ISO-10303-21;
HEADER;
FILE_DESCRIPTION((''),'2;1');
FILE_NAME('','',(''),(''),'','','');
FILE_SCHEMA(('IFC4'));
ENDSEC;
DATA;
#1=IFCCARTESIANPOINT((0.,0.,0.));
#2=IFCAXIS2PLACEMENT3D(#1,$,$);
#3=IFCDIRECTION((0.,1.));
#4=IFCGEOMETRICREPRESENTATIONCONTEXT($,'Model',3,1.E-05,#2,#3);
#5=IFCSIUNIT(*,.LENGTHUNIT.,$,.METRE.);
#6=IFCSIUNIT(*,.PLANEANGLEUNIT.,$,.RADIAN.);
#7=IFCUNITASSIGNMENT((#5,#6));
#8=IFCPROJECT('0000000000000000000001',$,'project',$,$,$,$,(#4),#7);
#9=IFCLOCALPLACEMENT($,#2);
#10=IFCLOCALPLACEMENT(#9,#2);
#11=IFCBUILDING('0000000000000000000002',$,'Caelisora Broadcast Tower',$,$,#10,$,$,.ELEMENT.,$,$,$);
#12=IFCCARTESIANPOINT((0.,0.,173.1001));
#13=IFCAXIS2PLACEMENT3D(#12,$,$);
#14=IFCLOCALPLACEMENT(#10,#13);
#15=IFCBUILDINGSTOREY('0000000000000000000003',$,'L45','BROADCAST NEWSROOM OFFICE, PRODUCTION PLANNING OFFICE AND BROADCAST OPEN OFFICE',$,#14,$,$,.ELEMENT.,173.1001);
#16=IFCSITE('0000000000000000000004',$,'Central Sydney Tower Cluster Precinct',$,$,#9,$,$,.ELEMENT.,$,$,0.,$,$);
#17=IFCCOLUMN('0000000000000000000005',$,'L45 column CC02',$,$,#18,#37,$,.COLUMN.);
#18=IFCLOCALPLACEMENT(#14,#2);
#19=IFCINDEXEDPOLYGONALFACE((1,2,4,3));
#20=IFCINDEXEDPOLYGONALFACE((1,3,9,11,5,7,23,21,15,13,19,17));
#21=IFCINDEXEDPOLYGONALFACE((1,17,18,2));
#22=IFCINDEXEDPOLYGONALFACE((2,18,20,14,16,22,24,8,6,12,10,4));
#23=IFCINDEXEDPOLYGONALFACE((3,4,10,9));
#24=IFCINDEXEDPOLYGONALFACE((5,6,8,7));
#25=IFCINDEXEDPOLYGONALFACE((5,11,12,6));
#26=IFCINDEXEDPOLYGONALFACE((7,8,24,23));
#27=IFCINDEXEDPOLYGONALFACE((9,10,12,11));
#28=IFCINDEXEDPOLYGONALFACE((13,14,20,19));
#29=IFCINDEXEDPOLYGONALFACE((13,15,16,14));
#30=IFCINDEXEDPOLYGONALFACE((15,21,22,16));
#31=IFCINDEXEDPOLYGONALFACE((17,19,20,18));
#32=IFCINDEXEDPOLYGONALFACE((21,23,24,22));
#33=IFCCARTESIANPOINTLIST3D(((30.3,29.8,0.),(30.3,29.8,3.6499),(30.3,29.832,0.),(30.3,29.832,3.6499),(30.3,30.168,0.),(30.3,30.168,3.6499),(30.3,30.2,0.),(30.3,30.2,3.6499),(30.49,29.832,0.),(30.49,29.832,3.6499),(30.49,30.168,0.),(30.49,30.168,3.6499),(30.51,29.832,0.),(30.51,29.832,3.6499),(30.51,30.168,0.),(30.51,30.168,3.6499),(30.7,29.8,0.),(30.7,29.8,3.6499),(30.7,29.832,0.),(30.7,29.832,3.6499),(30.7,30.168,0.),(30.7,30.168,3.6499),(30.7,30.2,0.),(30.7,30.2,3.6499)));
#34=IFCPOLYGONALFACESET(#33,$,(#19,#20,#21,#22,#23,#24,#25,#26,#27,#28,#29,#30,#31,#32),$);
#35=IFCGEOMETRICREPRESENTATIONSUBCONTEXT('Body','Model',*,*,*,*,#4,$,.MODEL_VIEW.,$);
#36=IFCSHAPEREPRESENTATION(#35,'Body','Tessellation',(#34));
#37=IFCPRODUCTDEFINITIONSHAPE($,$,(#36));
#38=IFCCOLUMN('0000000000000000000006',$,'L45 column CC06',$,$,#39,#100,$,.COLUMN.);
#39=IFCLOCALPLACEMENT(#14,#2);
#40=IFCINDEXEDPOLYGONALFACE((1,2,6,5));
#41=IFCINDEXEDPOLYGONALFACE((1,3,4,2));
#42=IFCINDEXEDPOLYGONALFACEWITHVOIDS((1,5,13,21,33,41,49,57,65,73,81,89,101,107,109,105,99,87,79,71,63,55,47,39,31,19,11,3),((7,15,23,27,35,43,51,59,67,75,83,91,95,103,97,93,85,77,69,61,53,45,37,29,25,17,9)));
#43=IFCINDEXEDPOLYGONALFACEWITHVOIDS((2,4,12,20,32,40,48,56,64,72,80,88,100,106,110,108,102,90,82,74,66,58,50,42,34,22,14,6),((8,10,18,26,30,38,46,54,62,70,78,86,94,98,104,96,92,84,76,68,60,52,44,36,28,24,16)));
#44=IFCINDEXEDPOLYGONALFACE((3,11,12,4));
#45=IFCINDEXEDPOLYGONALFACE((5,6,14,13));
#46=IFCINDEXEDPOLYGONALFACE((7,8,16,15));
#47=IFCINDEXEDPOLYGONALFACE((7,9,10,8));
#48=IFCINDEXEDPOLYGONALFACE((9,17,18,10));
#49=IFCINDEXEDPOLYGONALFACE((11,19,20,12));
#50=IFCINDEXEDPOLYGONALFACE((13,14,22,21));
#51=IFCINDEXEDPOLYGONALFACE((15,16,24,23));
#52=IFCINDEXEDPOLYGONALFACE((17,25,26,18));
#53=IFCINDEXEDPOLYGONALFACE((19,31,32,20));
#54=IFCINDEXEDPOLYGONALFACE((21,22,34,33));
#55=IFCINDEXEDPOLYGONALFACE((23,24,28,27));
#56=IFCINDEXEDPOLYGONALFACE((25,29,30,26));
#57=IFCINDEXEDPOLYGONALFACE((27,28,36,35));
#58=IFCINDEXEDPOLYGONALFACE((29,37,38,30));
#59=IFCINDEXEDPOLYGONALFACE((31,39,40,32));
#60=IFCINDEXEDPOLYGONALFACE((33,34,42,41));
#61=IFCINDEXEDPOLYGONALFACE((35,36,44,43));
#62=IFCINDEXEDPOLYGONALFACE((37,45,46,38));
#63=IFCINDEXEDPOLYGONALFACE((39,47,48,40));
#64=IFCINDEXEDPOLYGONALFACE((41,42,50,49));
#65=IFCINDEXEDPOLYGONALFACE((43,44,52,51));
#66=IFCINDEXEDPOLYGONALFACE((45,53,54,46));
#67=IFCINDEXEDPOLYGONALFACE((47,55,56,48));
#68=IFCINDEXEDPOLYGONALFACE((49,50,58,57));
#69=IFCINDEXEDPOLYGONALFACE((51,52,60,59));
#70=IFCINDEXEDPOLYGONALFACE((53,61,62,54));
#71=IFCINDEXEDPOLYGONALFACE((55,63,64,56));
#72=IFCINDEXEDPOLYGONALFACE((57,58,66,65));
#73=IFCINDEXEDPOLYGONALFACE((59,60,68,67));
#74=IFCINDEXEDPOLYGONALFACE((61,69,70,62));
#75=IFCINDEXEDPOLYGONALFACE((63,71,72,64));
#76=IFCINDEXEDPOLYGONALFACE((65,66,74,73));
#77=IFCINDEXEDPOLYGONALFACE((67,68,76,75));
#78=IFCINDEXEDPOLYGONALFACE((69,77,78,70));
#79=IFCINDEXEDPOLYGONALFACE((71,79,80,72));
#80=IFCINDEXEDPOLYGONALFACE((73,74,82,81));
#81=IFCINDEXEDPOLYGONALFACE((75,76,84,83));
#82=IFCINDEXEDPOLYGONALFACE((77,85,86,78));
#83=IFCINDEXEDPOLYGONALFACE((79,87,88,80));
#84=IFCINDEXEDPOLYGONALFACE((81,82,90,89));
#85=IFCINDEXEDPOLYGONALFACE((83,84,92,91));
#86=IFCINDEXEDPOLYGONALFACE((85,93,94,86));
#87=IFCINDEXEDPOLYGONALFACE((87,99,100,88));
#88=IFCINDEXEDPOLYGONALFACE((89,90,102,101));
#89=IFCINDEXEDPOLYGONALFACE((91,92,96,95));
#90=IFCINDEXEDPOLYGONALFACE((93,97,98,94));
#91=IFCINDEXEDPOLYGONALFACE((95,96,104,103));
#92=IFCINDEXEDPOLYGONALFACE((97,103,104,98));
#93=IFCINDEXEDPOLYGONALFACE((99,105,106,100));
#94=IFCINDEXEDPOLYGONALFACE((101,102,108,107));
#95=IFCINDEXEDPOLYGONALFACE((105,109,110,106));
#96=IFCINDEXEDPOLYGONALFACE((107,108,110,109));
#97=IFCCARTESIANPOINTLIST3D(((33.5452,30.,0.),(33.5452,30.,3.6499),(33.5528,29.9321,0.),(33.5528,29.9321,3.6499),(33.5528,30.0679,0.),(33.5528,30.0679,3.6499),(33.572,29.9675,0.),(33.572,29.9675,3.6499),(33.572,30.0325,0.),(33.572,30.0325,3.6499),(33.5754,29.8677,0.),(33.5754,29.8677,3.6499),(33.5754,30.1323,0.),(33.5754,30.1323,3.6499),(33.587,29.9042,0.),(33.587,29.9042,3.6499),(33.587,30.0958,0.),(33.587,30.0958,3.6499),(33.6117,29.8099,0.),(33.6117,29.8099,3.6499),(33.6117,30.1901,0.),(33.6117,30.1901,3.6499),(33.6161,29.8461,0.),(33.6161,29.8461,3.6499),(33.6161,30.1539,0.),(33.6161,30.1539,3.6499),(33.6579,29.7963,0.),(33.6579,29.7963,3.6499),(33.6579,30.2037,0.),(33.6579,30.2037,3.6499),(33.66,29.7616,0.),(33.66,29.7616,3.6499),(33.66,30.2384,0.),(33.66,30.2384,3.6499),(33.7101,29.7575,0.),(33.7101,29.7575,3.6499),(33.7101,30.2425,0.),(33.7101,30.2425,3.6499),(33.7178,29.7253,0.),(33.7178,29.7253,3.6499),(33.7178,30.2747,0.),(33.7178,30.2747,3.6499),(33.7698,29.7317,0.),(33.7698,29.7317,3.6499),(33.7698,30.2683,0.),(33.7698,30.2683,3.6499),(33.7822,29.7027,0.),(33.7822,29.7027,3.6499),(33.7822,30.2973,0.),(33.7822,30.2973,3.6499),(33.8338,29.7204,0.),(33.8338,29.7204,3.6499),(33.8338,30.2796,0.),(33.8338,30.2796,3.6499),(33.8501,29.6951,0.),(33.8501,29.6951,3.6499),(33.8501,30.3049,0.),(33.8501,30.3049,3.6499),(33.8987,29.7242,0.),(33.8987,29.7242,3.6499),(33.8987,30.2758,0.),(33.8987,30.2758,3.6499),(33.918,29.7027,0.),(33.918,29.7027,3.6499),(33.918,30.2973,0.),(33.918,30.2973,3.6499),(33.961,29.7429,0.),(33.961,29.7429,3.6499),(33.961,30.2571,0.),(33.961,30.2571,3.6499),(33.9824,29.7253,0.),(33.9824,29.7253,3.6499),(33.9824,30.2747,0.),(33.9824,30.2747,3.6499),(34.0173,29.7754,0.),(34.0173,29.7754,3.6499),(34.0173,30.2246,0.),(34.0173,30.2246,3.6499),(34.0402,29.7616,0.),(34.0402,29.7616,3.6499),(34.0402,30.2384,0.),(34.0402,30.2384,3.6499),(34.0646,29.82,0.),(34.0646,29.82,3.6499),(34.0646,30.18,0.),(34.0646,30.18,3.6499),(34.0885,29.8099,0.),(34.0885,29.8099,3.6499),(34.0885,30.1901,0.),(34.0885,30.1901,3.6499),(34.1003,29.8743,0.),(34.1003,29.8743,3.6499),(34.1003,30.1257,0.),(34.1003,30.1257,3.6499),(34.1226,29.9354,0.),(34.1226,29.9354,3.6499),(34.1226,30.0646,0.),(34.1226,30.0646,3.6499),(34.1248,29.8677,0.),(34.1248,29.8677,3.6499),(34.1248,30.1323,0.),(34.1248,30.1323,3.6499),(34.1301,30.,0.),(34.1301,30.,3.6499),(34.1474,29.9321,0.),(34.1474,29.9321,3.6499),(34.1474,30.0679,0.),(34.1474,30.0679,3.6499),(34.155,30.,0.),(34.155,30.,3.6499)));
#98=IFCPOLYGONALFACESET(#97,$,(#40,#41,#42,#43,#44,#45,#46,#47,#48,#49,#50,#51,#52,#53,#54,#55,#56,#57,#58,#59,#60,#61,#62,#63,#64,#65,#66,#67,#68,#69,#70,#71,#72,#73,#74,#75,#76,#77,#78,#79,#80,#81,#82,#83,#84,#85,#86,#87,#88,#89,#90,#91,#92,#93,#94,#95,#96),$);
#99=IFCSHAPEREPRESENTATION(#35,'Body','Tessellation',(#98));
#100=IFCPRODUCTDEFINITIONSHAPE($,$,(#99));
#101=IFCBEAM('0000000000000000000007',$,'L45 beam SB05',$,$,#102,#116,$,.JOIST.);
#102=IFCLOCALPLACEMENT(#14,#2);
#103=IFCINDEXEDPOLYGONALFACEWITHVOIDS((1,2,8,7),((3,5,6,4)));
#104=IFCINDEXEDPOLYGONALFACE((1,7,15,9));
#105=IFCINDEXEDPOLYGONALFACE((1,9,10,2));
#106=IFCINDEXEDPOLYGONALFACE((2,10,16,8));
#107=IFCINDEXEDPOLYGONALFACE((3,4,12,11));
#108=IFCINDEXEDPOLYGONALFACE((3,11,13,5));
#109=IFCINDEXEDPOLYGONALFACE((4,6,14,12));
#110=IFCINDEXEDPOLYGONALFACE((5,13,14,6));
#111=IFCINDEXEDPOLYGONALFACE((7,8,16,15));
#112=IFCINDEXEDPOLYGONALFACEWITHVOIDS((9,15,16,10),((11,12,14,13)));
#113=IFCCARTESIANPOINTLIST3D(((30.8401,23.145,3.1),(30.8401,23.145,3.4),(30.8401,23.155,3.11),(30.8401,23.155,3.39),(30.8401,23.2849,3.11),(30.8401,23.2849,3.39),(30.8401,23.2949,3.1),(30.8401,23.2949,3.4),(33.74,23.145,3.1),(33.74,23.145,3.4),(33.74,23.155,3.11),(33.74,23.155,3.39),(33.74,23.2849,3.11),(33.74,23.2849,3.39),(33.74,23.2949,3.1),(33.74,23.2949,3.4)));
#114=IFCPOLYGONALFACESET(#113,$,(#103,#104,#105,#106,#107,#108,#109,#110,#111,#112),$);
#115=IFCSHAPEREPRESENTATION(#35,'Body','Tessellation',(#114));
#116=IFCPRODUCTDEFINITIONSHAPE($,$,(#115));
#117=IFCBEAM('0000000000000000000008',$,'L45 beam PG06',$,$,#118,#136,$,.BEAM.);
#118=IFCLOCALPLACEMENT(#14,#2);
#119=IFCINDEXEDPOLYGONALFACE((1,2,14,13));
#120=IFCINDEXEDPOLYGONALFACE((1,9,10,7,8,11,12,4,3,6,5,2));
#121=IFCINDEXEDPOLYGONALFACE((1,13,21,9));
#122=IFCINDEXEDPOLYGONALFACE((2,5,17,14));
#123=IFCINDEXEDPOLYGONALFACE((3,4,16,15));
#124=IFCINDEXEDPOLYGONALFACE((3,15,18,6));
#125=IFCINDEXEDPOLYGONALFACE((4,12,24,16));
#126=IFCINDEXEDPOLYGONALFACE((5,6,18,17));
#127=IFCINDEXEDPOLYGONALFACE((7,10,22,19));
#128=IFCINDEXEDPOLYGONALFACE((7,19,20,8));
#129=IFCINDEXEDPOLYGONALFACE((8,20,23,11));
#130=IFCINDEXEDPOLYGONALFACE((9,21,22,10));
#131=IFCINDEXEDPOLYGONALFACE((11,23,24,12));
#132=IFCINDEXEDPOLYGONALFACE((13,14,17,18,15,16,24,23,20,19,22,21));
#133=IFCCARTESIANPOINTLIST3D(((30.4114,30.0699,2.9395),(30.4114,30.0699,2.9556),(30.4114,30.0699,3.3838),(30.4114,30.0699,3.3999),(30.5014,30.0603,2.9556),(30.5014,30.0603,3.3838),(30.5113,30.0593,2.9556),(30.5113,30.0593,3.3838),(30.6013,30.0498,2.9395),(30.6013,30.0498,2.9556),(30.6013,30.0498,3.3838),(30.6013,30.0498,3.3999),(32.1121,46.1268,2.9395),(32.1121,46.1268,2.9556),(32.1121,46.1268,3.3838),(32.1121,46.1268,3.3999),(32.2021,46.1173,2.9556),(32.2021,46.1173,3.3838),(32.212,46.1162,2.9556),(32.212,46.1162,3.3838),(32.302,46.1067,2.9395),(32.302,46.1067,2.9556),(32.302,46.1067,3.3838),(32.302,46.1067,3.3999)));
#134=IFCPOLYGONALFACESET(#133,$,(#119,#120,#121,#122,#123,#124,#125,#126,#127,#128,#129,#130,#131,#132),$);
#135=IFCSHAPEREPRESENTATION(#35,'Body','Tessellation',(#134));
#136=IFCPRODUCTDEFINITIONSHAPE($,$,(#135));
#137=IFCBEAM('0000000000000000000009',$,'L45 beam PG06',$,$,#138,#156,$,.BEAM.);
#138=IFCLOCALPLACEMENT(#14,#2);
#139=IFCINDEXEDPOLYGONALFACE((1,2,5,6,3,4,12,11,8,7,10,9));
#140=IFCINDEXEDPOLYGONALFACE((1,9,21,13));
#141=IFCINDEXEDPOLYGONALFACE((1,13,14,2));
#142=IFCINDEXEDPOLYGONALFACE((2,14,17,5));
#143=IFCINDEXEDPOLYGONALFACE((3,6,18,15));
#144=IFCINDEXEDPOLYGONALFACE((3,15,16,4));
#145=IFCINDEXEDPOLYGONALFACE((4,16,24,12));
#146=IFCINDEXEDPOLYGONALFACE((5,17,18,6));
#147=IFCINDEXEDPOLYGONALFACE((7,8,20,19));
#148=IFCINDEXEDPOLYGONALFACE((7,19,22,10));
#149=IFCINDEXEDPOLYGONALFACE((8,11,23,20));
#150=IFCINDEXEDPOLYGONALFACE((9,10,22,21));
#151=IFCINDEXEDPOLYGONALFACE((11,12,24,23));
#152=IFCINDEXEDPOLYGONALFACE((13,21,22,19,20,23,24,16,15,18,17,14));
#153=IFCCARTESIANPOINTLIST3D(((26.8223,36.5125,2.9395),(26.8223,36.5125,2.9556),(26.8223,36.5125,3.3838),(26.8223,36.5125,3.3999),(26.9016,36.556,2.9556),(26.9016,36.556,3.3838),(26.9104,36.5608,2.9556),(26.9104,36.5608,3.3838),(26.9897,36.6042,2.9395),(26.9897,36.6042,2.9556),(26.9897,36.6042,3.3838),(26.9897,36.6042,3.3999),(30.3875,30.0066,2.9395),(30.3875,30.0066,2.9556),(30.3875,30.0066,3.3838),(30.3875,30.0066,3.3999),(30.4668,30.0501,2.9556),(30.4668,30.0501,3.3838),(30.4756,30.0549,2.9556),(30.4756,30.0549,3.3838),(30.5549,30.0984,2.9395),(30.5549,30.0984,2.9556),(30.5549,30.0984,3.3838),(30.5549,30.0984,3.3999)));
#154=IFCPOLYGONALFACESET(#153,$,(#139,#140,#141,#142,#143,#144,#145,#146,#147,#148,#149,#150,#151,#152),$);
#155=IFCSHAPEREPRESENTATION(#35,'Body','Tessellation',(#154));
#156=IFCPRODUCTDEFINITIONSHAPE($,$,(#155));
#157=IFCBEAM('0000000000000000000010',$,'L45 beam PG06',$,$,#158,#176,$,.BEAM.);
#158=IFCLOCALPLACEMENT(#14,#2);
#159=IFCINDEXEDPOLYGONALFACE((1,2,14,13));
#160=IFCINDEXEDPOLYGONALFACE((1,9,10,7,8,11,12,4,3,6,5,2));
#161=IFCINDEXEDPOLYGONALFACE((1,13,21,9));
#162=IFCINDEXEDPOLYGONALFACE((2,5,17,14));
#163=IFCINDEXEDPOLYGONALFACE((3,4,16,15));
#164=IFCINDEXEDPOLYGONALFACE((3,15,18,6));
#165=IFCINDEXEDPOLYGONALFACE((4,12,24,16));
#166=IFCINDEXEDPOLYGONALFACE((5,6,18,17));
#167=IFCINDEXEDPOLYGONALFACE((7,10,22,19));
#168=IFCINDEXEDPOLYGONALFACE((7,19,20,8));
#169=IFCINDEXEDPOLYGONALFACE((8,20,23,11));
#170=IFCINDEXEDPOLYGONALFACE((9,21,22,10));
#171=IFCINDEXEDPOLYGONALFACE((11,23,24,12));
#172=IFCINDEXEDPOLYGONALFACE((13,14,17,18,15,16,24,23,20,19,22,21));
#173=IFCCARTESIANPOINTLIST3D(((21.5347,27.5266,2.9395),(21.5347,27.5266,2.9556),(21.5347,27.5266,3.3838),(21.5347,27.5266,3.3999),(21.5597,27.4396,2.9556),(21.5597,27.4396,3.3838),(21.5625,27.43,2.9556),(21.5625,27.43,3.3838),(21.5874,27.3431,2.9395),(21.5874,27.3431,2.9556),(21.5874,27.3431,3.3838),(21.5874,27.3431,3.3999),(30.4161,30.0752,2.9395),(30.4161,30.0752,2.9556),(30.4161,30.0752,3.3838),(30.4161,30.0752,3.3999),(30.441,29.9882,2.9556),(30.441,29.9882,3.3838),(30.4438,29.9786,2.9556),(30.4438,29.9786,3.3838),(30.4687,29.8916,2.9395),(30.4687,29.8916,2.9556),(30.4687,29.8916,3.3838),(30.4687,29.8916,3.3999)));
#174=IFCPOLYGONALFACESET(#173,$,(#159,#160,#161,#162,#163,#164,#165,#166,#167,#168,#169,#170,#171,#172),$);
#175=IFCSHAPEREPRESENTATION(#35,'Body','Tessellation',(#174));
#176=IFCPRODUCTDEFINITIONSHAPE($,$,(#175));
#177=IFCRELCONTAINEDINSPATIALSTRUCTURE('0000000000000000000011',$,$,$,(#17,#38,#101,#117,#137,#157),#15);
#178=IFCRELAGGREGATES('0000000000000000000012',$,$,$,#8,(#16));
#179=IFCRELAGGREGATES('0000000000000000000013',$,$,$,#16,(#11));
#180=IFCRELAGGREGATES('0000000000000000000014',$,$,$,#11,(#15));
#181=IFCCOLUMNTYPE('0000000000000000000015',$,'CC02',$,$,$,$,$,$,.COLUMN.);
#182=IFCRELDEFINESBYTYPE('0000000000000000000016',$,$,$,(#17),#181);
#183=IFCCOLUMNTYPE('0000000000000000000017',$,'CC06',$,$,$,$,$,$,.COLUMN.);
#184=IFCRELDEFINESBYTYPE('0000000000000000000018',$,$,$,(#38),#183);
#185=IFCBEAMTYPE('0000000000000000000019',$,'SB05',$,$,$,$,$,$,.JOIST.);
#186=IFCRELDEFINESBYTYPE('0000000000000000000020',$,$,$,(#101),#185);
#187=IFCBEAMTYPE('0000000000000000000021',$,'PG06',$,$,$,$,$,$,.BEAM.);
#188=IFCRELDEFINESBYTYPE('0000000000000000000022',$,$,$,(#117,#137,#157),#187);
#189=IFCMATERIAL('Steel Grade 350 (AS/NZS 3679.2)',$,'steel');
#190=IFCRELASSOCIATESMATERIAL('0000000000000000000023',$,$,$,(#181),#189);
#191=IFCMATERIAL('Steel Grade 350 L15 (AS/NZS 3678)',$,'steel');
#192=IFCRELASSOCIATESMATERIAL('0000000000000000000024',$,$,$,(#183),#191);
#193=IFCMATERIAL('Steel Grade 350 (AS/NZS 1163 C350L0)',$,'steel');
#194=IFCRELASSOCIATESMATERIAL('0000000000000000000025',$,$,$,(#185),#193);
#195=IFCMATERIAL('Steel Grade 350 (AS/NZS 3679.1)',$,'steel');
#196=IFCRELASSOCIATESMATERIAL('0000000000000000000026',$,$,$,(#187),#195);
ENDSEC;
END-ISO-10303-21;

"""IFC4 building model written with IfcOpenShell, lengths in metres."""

from ifc_helpers import new_model, si_unit, direction, frame, origin, origin_2d, place, context, subcontext, project, spatial, hollow_rectangle, hollow_circle, i_section, extrude, source, transform, mapped, material, material_profile, profile_set, type_object, type_shapes, element, save


model = new_model("IFC4")

# Units and contexts
model_context = context("Model", 3, precision=1e-05, world=origin(), true_north=direction((0.0, 1.0)))
body_context = subcontext(model_context, "Body", "Model", "MODEL_VIEW")
ifc_project = project(units=[si_unit("LENGTHUNIT", "METRE"), si_unit("PLANEANGLEUNIT", "RADIAN")], contexts=[model_context])

# Site, building, storey
site_placement = place(None, origin())
site = spatial("IfcSite", under=ifc_project, at=site_placement, Name="Central Sydney Tower Cluster Precinct", CompositionType="ELEMENT", RefElevation=0.0)
building_placement = place(site_placement, origin())
building = spatial("IfcBuilding", under=site, at=building_placement, Name="Caelisora Broadcast Tower", CompositionType="ELEMENT")
storey_placement = place(building_placement, frame((0.0, 0.0, 173.1001)))
storey = spatial("IfcBuildingStorey", under=building, at=storey_placement, Name="L45", Description="BROADCAST NEWSROOM OFFICE, PRODUCTION PLANNING OFFICE AND BROADCAST OPEN OFFICE", CompositionType="ELEMENT", Elevation=173.1001)

# Columns
ifc_material_1 = material(Name="Steel Grade 350 (AS/NZS 3679.2)", Category="steel")
ifc_material_profile_1 = material_profile(ifc_material_1, i_section(OverallWidth=0.3999, OverallDepth=0.3999, WebThickness=0.02, FlangeThickness=0.032, at=origin_2d()), Name="Steel Grade 350 (AS/NZS 3679.2)")
ifc_profile_set_1 = profile_set([ifc_material_profile_1], Name="Steel Grade 350 (AS/NZS 3679.2)")
column_type_1 = type_object("IfcColumnType", Name="CC02", PredefinedType="COLUMN", material=ifc_profile_set_1)
shared_shape_1 = source(origin(), body_context, "Body", "SweptSolid", [
    extrude(i_section(OverallWidth=0.3999, OverallDepth=0.3999, WebThickness=0.02, FlangeThickness=0.032, at=origin_2d()), origin(), (0.0, 0.0, 1.0), 3.6499),
])
type_shapes(column_type_1, [shared_shape_1])
column_1_placement = place(storey_placement, frame((30.5, 30.0, 0.0), z_axis=(0.0, 0.0, 1.0), x_axis=(1.0, 0.0, 0.0)))
element("IfcColumn", 1, at=column_1_placement, inside=storey, type_object=column_type_1, Name="L45 column CC02", PredefinedType="COLUMN", context=body_context, shape_type="MappedRepresentation", body=[
    mapped(shared_shape_1, transform((0.0, 0.0, 0.0), scale=1.0)),
])
ifc_material_2 = material(Name="Steel Grade 350 L15 (AS/NZS 3678)", Category="steel")
ifc_material_profile_2 = material_profile(ifc_material_2, hollow_circle(Radius=0.3049, WallThickness=0.0249, at=origin_2d()), Name="Steel Grade 350 L15 (AS/NZS 3678)")
ifc_profile_set_2 = profile_set([ifc_material_profile_2], Name="Steel Grade 350 L15 (AS/NZS 3678)")
column_type_2 = type_object("IfcColumnType", Name="CC06", PredefinedType="COLUMN", material=ifc_profile_set_2)
shared_shape_2 = source(origin(), body_context, "Body", "SweptSolid", [
    extrude(hollow_circle(Radius=0.3049, WallThickness=0.0249, at=origin_2d()), origin(), (0.0, 0.0, 1.0), 3.6499),
])
type_shapes(column_type_2, [shared_shape_2])
column_2_placement = place(storey_placement, frame((33.8501, 30.0, 0.0), z_axis=(0.0, 0.0, 1.0), x_axis=(1.0, 0.0, 0.0)))
element("IfcColumn", 2, at=column_2_placement, inside=storey, type_object=column_type_2, Name="L45 column CC06", PredefinedType="COLUMN", context=body_context, shape_type="MappedRepresentation", body=[
    mapped(shared_shape_2, transform((0.0, 0.0, 0.0), scale=1.0)),
])

# Beams
ifc_material_3 = material(Name="Steel Grade 350 (AS/NZS 1163 C350L0)", Category="steel")
ifc_material_profile_3 = material_profile(ifc_material_3, hollow_rectangle(XDim=0.1499, YDim=0.3, WallThickness=0.01, at=origin_2d()), Name="Steel Grade 350 (AS/NZS 1163 C350L0)")
ifc_profile_set_3 = profile_set([ifc_material_profile_3], Name="Steel Grade 350 (AS/NZS 1163 C350L0)")
beam_type_1 = type_object("IfcBeamType", Name="SB05", PredefinedType="JOIST", material=ifc_profile_set_3)
shared_shape_3 = source(origin(), body_context, "Body", "SweptSolid", [
    extrude(hollow_rectangle(XDim=0.1499, YDim=0.3, WallThickness=0.01, at=origin_2d()), origin(), (0.0, 0.0, 1.0), 2.8999),
])
type_shapes(beam_type_1, [shared_shape_3])
beam_1_placement = place(storey_placement, frame((30.8401, 23.22, 3.25), z_axis=(1.0, 0.0, 0.0), x_axis=(0.0, 1.0, 0.0)))
element("IfcBeam", 3, at=beam_1_placement, inside=storey, type_object=beam_type_1, Name="L45 beam SB05", PredefinedType="JOIST", context=body_context, shape_type="MappedRepresentation", body=[
    mapped(shared_shape_3, transform((0.0, 0.0, 0.0), scale=1.0)),
])
ifc_material_4 = material(Name="Steel Grade 350 (AS/NZS 3679.1)", Category="steel")
ifc_material_profile_4 = material_profile(ifc_material_4, i_section(OverallWidth=0.1909, OverallDepth=0.4604, WebThickness=0.01, FlangeThickness=0.0161, at=origin_2d()), Name="Steel Grade 350 (AS/NZS 3679.1)")
ifc_profile_set_4 = profile_set([ifc_material_profile_4], Name="Steel Grade 350 (AS/NZS 3679.1)")
beam_type_2 = type_object("IfcBeamType", Name="PG06", PredefinedType="BEAM", material=ifc_profile_set_4)
shared_shape_4 = source(origin(), body_context, "Body", "SweptSolid", [
    extrude(i_section(OverallWidth=0.1909, OverallDepth=0.4604, WebThickness=0.01, FlangeThickness=0.0161, at=origin_2d()), origin(), (0.0, 0.0, 1.0), 16.1467),
])
beam_2_placement = place(storey_placement, frame((30.5063, 30.0598, 3.1697), z_axis=(0.105327, 0.994438, 0.0), x_axis=(-0.994438, 0.105327, 0.0)))
element("IfcBeam", 4, at=beam_2_placement, inside=storey, type_object=beam_type_2, Name="L45 beam PG06", PredefinedType="BEAM", context=body_context, shape_type="MappedRepresentation", body=[
    mapped(shared_shape_4, transform((0.0, 0.0, 0.0), scale=1.0)),
])
shared_shape_5 = source(origin(), body_context, "Body", "SweptSolid", [
    extrude(i_section(OverallWidth=0.1909, OverallDepth=0.4604, WebThickness=0.01, FlangeThickness=0.0161, at=origin_2d()), origin(), (0.0, 0.0, 1.0), 7.4187),
])
beam_3_placement = place(storey_placement, frame((30.4712, 30.0525, 3.1697), z_axis=(-0.480569, 0.876957, 0.0), x_axis=(-0.876957, -0.480569, 0.0)))
element("IfcBeam", 5, at=beam_3_placement, inside=storey, type_object=beam_type_2, Name="L45 beam PG06", PredefinedType="BEAM", context=body_context, shape_type="MappedRepresentation", body=[
    mapped(shared_shape_5, transform((0.0, 0.0, 0.0), scale=1.0)),
])
shared_shape_6 = source(origin(), body_context, "Body", "SweptSolid", [
    extrude(i_section(OverallWidth=0.1909, OverallDepth=0.4604, WebThickness=0.01, FlangeThickness=0.0161, at=origin_2d()), origin(), (0.0, 0.0, 1.0), 9.2397),
])
type_shapes(beam_type_2, [shared_shape_4, shared_shape_5, shared_shape_6])
beam_4_placement = place(storey_placement, frame((30.4424, 29.9834, 3.1697), z_axis=(-0.961207, -0.275827, 0.0), x_axis=(0.275827, -0.961207, 0.0)))
element("IfcBeam", 6, at=beam_4_placement, inside=storey, type_object=beam_type_2, Name="L45 beam PG06", PredefinedType="BEAM", context=body_context, shape_type="MappedRepresentation", body=[
    mapped(shared_shape_6, transform((0.0, 0.0, 0.0), scale=1.0)),
])

save(model, "model.ifc")
